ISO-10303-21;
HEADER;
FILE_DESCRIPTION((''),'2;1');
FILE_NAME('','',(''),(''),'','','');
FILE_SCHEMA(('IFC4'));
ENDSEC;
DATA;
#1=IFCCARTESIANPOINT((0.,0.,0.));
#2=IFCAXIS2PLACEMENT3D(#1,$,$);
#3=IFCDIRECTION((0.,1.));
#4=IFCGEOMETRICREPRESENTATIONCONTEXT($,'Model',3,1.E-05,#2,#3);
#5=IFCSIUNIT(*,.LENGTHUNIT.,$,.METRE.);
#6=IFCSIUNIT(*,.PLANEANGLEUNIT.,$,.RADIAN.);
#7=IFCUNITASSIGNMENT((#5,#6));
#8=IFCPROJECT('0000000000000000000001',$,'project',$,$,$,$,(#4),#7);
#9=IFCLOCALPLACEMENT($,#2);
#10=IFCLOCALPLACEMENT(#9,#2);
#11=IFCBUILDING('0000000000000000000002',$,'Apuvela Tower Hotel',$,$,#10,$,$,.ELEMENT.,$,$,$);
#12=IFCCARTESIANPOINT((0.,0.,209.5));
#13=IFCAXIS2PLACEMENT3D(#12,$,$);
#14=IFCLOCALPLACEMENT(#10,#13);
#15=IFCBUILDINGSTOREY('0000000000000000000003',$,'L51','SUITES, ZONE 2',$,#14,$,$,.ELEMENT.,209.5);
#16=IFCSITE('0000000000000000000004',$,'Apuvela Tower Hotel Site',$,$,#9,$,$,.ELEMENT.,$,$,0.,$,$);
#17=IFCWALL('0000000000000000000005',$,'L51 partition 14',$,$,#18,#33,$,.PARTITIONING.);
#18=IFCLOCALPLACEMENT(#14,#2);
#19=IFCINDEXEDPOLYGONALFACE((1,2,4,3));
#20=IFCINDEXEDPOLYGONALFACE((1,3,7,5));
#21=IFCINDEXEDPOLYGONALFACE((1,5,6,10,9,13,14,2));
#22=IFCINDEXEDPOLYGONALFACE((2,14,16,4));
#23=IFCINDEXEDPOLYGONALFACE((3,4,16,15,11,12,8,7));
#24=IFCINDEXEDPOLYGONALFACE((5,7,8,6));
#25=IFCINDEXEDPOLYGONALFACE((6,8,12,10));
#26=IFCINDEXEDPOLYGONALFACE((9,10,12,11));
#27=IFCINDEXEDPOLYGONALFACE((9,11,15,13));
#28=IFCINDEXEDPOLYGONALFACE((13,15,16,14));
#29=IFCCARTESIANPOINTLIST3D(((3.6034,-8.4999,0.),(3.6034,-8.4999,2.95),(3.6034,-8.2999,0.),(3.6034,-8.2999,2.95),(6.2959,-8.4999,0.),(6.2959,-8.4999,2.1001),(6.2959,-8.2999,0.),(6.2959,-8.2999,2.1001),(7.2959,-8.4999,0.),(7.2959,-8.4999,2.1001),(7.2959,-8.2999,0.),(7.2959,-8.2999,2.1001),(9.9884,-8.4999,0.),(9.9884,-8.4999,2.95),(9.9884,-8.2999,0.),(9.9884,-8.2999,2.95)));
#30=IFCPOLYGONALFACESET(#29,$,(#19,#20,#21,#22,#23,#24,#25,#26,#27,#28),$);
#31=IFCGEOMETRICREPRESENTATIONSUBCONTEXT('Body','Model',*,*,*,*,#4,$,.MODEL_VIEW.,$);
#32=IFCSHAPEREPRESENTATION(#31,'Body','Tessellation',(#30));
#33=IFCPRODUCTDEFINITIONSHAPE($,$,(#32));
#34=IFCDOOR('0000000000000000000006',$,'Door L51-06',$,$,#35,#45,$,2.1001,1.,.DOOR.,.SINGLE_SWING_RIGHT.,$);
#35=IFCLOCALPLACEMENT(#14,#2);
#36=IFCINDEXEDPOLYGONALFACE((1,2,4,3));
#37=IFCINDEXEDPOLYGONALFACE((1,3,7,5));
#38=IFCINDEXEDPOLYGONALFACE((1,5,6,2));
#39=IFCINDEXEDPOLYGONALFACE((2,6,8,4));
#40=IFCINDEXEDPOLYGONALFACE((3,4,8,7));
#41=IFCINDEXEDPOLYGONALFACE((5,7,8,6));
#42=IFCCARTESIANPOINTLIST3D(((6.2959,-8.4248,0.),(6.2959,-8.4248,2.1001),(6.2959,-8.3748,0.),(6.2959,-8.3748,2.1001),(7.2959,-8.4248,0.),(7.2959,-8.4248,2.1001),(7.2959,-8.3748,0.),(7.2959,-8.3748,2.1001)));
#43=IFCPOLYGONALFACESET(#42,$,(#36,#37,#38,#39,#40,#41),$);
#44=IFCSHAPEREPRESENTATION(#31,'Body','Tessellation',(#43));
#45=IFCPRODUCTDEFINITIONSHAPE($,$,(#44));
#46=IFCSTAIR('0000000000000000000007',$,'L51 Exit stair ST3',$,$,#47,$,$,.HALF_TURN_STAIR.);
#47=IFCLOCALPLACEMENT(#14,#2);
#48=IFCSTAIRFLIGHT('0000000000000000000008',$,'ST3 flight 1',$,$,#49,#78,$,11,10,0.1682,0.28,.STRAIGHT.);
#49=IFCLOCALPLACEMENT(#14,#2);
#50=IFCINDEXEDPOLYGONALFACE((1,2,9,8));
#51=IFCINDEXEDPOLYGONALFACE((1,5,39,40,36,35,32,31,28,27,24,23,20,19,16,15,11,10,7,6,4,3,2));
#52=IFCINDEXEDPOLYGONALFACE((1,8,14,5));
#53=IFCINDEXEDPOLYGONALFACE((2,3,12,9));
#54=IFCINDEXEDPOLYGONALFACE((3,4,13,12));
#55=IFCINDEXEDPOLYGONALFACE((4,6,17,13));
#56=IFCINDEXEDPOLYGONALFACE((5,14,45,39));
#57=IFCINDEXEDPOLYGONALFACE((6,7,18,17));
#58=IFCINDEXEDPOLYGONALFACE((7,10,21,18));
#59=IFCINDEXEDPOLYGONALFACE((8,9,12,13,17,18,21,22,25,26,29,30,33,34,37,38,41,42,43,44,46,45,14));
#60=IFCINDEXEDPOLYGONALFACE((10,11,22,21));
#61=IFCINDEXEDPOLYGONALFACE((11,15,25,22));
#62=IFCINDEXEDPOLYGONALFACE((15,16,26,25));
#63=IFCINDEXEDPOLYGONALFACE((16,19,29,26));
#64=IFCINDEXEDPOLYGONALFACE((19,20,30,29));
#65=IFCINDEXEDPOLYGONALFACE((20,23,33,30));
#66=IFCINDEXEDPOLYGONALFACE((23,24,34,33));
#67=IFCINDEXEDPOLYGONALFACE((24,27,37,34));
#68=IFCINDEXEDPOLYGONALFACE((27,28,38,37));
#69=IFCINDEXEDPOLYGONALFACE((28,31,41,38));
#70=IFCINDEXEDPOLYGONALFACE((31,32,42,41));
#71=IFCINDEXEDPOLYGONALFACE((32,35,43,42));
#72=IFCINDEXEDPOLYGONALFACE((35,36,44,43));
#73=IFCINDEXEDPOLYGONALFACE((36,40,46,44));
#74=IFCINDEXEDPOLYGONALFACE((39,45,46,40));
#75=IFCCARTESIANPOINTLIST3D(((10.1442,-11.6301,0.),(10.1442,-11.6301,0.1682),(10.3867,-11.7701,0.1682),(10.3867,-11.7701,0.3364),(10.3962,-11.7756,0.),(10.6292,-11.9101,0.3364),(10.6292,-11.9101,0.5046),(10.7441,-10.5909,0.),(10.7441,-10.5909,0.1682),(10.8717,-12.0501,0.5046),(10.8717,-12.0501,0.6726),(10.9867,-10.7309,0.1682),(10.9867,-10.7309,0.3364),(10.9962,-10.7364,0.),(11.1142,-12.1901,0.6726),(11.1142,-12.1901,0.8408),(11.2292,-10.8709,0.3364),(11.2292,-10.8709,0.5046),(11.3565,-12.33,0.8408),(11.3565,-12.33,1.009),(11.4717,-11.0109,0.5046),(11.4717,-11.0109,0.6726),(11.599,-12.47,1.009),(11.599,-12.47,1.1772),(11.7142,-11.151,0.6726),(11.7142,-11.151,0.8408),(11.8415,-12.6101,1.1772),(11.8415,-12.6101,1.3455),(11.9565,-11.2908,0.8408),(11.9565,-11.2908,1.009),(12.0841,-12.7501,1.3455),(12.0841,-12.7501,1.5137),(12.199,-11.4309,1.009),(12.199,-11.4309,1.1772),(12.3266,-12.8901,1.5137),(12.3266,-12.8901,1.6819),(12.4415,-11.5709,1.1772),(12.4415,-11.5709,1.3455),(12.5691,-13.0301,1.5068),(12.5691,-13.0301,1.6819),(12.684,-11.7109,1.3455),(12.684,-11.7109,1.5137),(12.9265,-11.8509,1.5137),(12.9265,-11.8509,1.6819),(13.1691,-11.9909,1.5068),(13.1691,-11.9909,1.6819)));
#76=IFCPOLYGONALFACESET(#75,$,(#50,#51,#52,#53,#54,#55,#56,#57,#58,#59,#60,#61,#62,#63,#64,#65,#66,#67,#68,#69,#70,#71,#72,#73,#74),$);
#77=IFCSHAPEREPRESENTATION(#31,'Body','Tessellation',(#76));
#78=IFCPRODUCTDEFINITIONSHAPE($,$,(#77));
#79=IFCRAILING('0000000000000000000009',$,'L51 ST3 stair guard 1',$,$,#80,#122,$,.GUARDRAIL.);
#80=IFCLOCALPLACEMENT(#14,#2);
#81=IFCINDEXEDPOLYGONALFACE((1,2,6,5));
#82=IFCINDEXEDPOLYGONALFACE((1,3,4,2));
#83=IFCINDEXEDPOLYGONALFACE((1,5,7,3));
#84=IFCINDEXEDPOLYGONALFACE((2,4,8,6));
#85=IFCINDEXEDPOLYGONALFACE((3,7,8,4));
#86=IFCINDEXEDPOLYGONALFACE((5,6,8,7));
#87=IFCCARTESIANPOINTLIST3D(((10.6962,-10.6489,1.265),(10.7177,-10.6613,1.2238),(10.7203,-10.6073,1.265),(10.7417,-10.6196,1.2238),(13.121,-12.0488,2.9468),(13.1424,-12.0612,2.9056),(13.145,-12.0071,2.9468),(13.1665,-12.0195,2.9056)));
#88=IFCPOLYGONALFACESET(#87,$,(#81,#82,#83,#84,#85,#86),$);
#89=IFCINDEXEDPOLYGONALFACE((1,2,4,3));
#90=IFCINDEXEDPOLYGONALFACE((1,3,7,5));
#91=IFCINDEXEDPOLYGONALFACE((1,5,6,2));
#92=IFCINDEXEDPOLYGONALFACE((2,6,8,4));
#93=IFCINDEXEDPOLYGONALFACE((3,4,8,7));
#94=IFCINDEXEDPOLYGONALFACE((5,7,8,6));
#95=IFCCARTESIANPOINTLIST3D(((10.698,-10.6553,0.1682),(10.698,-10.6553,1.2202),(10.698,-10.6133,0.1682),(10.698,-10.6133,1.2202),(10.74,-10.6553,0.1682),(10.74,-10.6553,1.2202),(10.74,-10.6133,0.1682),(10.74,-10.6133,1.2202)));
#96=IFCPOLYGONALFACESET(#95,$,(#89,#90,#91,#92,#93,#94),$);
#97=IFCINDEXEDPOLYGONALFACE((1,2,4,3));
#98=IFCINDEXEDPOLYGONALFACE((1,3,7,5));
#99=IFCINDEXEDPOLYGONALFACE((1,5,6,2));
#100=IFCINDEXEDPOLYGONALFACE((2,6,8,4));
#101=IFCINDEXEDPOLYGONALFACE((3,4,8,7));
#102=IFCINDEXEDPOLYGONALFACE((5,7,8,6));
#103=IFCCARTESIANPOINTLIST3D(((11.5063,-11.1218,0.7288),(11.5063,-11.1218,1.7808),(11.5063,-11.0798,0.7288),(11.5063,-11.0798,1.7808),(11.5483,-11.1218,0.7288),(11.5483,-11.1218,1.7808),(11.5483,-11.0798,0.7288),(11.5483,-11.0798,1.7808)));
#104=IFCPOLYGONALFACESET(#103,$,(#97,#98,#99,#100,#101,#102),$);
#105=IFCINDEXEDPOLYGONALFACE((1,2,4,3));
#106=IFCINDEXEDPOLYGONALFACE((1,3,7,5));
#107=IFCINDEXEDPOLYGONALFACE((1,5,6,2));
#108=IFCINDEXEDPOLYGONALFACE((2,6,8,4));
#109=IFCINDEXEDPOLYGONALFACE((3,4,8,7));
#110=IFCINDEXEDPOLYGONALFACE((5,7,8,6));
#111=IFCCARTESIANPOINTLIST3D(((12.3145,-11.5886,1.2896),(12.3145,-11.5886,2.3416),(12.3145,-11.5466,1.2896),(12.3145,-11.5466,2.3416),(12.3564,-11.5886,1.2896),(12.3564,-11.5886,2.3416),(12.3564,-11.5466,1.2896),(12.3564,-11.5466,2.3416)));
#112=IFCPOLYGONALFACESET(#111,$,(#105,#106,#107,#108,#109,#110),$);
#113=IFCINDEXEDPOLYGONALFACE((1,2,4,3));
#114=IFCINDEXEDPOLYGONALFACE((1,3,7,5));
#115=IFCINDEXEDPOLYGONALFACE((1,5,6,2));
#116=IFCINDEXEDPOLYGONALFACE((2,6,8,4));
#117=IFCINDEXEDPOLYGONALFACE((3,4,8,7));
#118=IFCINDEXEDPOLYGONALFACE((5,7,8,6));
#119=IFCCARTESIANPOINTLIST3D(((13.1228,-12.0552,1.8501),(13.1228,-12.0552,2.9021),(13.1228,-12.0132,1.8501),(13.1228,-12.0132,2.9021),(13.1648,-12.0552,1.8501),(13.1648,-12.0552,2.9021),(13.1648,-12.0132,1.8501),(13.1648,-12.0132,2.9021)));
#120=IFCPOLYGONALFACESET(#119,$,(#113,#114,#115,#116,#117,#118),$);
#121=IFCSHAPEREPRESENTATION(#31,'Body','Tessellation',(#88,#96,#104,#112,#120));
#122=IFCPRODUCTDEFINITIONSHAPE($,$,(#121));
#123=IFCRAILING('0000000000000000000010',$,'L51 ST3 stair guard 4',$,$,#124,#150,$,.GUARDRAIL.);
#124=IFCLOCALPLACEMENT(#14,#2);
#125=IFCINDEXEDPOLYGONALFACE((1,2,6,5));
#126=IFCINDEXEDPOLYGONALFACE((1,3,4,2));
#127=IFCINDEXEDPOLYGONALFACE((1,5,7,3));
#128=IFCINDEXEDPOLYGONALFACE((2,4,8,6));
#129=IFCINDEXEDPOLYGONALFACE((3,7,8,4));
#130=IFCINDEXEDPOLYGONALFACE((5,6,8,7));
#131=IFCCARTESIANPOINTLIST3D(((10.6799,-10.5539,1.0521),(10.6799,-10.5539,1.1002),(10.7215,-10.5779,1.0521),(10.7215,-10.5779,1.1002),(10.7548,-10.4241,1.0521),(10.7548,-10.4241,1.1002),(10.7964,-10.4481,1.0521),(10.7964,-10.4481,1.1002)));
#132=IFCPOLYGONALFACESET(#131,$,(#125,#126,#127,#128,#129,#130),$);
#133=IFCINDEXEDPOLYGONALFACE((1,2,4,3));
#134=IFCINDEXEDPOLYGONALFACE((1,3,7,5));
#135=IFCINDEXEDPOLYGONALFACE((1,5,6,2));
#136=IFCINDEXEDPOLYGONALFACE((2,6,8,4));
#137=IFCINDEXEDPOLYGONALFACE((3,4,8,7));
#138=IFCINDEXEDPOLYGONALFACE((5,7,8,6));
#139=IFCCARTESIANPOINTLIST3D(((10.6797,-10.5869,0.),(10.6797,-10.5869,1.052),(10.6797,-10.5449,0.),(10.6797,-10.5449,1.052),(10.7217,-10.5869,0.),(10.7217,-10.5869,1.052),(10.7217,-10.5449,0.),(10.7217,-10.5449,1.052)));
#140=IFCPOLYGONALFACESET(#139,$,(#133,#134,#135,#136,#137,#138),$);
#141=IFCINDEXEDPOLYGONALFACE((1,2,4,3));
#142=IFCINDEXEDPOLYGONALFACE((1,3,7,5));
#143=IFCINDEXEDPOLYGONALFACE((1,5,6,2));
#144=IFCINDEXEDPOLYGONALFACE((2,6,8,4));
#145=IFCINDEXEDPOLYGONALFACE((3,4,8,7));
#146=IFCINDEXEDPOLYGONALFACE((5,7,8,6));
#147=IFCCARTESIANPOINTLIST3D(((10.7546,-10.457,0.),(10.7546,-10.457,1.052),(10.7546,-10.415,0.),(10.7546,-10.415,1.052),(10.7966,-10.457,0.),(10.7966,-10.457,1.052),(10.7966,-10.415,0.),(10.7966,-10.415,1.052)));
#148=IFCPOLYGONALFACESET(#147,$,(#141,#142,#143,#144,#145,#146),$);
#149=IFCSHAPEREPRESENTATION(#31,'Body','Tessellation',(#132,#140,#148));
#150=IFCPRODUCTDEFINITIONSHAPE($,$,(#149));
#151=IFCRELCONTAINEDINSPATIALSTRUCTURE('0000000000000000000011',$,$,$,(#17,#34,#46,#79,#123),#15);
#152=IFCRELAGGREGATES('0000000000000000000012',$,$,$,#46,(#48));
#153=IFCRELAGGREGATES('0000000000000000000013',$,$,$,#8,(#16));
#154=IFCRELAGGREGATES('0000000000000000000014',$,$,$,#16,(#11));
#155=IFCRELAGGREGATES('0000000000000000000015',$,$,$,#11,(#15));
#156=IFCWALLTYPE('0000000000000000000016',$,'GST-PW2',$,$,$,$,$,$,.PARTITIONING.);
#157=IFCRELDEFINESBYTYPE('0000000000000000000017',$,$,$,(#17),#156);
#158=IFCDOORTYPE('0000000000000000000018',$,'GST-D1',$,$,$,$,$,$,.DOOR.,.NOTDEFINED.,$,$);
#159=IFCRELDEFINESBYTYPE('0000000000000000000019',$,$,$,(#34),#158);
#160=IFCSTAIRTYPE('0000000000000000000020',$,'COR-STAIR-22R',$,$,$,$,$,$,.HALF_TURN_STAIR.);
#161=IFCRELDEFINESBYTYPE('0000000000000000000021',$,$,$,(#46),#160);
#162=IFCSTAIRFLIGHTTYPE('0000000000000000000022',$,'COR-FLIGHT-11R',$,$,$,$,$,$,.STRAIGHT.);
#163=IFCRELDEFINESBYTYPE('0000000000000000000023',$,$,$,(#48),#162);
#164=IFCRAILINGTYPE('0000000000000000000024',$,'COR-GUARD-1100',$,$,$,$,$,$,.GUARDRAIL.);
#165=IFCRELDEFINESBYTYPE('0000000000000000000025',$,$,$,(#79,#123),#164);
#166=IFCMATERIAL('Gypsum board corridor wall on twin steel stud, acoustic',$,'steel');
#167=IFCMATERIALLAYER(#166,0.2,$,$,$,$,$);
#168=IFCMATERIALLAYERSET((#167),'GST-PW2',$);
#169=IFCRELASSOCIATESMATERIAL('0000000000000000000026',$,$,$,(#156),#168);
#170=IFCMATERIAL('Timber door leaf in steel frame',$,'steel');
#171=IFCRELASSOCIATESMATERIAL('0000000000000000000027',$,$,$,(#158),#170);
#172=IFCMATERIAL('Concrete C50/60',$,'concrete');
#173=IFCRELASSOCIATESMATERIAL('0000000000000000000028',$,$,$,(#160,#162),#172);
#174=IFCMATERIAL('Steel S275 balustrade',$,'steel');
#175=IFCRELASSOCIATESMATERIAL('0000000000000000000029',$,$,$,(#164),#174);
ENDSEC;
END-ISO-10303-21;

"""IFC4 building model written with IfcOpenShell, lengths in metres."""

from ifc_helpers import new_model, si_unit, direction, frame, frame_2d, origin, origin_2d, place, context, subcontext, project, spatial, polyline, rectangle, outline, extrude, material, layer, layer_set, type_object, element, fill, aggregate, save


model = new_model("IFC4")

# Units and contexts
model_context = context("Model", 3, precision=1e-05, world=origin(), true_north=direction((0.0, 1.0)))
body_context = subcontext(model_context, "Body", "Model", "MODEL_VIEW")
ifc_project = project(units=[si_unit("LENGTHUNIT", "METRE"), si_unit("PLANEANGLEUNIT", "RADIAN")], contexts=[model_context])

# Site, building, storey
site_placement = place(None, origin())
site = spatial("IfcSite", under=ifc_project, at=site_placement, Name="Apuvela Tower Hotel Site", CompositionType="ELEMENT", RefElevation=0.0)
building_placement = place(site_placement, origin())
building = spatial("IfcBuilding", under=site, at=building_placement, Name="Apuvela Tower Hotel", CompositionType="ELEMENT")
storey_placement = place(building_placement, frame((0.0, 0.0, 209.5)))
storey = spatial("IfcBuildingStorey", under=building, at=storey_placement, Name="L51", Description="SUITES, ZONE 2", CompositionType="ELEMENT", Elevation=209.5)

# Shared definitions
ifc_material_1 = material(Name="Concrete C50/60", Category="concrete")

# Wall, opening, door
ifc_material_2 = material(Name="Gypsum board corridor wall on twin steel stud, acoustic", Category="steel")
ifc_layer_1 = layer(ifc_material_2, 0.2)
ifc_layer_set_1 = layer_set([ifc_layer_1], Name="GST-PW2")
wall_type_1 = type_object("IfcWallType", Name="GST-PW2", PredefinedType="PARTITIONING", material=ifc_layer_set_1)
ifc_material_3 = material(Name="Timber door leaf in steel frame", Category="steel")
wall_1_placement = place(storey_placement, frame((9.9883, -8.3999, 0.0), z_axis=(0.0, 0.0, 1.0), x_axis=(-1.0, 0.0, 0.0)))
wall_1 = element("IfcWall", 1, at=wall_1_placement, inside=storey, type_object=wall_type_1, Name="L51 partition 14", PredefinedType="PARTITIONING", context=body_context, shape_type="SweptSolid", body=[
    extrude(rectangle(XDim=6.385, YDim=0.2, at=frame_2d((3.1924, 0.0))), origin(), (0.0, 0.0, 1.0), 2.95),
])
opening_1_placement = place(wall_1_placement, frame((2.6924, 0.0, 0.0)))
opening_1 = element("IfcOpeningElement", 2, at=opening_1_placement, cuts=wall_1, PredefinedType="OPENING", context=body_context, shape_type="SweptSolid", body=[
    extrude(rectangle(XDim=1.0, YDim=2.1001, at=frame_2d((0.5, 1.05))), frame((0.0, 0.1099, 0.0), z_axis=(0.0, -1.0, 0.0), x_axis=(1.0, 0.0, 0.0)), (0.0, 0.0, 1.0), 0.22),
])
door_type_1 = type_object("IfcDoorType", Name="GST-D1", OperationType="NOTDEFINED", PredefinedType="DOOR", material=ifc_material_3)
door_1_placement = place(opening_1_placement, origin())
door_1 = element("IfcDoor", 3, at=door_1_placement, inside=storey, type_object=door_type_1, Name="Door L51-06", OperationType="SINGLE_SWING_RIGHT", OverallHeight=2.1001, OverallWidth=1.0, PredefinedType="DOOR", context=body_context, shape_type="SweptSolid", body=[
    extrude(rectangle(XDim=1.0, YDim=2.1001, at=frame_2d((0.5, 1.05))), frame((0.0, 0.0249, 0.0), z_axis=(0.0, -1.0, 0.0), x_axis=(1.0, 0.0, 0.0)), (0.0, 0.0, 1.0), 0.05),
])
fill(opening_1, door_1)

# Stair, stair flight
stair_type = type_object("IfcStairType", Name="COR-STAIR-22R", PredefinedType="HALF_TURN_STAIR", material=ifc_material_1)
stair_placement = place(storey_placement, origin())
stair = element("IfcStair", 4, at=stair_placement, inside=storey, type_object=stair_type, Name="L51 Exit stair ST3", PredefinedType="HALF_TURN_STAIR")
stair_flight_type = type_object("IfcStairFlightType", Name="COR-FLIGHT-11R", PredefinedType="STRAIGHT", material=ifc_material_1)
stair_flight_placement = place(storey_placement, frame((10.4441, -11.1106, 0.0), z_axis=(0.0, 0.0, 1.0), x_axis=(0.866025, -0.5, 0.0)))
stair_flight = element("IfcStairFlight", 5, at=stair_flight_placement, type_object=stair_flight_type, Name="ST3 flight 1", NumberOfRisers=11, NumberOfTreads=10, PredefinedType="STRAIGHT", RiserHeight=0.1682, TreadLength=0.28, context=body_context, shape_type="SweptSolid", body=[
    extrude(outline(polyline([(0.0, 0.0), (0.0, 0.1682), (0.28, 0.1682), (0.28, 0.3364), (0.5601, 0.3364), (0.5601, 0.5046), (0.8401, 0.5046), (0.8401, 0.6726), (1.1201, 0.6726), (1.1201, 0.8408), (1.3999, 0.8408), (1.3999, 1.009), (1.6799, 1.009), (1.6799, 1.1772), (1.96, 1.1772), (1.96, 1.3455), (2.24, 1.3455), (2.24, 1.5137), (2.52, 1.5137), (2.52, 1.6819), (2.8, 1.6819), (2.8, 1.8501), (2.8, 1.5068), (0.291, 0.0), (0.0, 0.0)])), frame((0.0, 0.6001, 0.0), z_axis=(0.0, -1.0, 0.0), x_axis=(1.0, 0.0, 0.0)), (0.0, 0.0, 1.0), 1.2),
])
aggregate(stair, [stair_flight])

# Railings
ifc_material_4 = material(Name="Steel S275 balustrade", Category="steel")
railing_type_1 = type_object("IfcRailingType", Name="COR-GUARD-1100", PredefinedType="GUARDRAIL", material=ifc_material_4)
railing_1_placement = place(storey_placement, frame((10.719, -10.6343, 0.1682)))
element("IfcRailing", 6, at=railing_1_placement, inside=storey, type_object=railing_type_1, Name="L51 ST3 stair guard 1", PredefinedType="GUARDRAIL", context=body_context, shape_type="SweptSolid", body=[
    extrude(rectangle(XDim=0.0481, YDim=0.0481, at=origin_2d()), frame((0.0, 0.0, 1.0762), z_axis=(0.74239, -0.428601, 0.514934), x_axis=(0.499984, 0.866035, 0.0)), (0.0, 0.0, 1.0), 3.2661),
    extrude(rectangle(XDim=0.042, YDim=0.042, at=origin_2d()), origin(), (0.0, 0.0, 1.0), 1.052),
    extrude(rectangle(XDim=0.042, YDim=0.042, at=origin_2d()), frame((0.8083, -0.4666, 0.5605)), (0.0, 0.0, 1.0), 1.052),
    extrude(rectangle(XDim=0.042, YDim=0.042, at=origin_2d()), frame((1.6165, -0.9333, 1.1213)), (0.0, 0.0, 1.0), 1.052),
    extrude(rectangle(XDim=0.042, YDim=0.042, at=origin_2d()), frame((2.4248, -1.3999, 1.6819)), (0.0, 0.0, 1.0), 1.052),
])
railing_2_placement = place(storey_placement, frame((10.7007, -10.5659, 0.0)))
element("IfcRailing", 7, at=railing_2_placement, inside=storey, type_object=railing_type_1, Name="L51 ST3 stair guard 4", PredefinedType="GUARDRAIL", context=body_context, shape_type="SweptSolid", body=[
    extrude(rectangle(XDim=0.0481, YDim=0.0481, at=origin_2d()), frame((0.0, 0.0, 1.0762), z_axis=(0.499816, 0.866131, 0.0), x_axis=(-0.866131, 0.499816, 0.0)), (0.0, 0.0, 1.0), 0.1499),
    extrude(rectangle(XDim=0.042, YDim=0.042, at=origin_2d()), origin(), (0.0, 0.0, 1.0), 1.052),
    extrude(rectangle(XDim=0.042, YDim=0.042, at=origin_2d()), frame((0.075, 0.1299, 0.0)), (0.0, 0.0, 1.0), 1.052),
])

save(model, "model.ifc")
